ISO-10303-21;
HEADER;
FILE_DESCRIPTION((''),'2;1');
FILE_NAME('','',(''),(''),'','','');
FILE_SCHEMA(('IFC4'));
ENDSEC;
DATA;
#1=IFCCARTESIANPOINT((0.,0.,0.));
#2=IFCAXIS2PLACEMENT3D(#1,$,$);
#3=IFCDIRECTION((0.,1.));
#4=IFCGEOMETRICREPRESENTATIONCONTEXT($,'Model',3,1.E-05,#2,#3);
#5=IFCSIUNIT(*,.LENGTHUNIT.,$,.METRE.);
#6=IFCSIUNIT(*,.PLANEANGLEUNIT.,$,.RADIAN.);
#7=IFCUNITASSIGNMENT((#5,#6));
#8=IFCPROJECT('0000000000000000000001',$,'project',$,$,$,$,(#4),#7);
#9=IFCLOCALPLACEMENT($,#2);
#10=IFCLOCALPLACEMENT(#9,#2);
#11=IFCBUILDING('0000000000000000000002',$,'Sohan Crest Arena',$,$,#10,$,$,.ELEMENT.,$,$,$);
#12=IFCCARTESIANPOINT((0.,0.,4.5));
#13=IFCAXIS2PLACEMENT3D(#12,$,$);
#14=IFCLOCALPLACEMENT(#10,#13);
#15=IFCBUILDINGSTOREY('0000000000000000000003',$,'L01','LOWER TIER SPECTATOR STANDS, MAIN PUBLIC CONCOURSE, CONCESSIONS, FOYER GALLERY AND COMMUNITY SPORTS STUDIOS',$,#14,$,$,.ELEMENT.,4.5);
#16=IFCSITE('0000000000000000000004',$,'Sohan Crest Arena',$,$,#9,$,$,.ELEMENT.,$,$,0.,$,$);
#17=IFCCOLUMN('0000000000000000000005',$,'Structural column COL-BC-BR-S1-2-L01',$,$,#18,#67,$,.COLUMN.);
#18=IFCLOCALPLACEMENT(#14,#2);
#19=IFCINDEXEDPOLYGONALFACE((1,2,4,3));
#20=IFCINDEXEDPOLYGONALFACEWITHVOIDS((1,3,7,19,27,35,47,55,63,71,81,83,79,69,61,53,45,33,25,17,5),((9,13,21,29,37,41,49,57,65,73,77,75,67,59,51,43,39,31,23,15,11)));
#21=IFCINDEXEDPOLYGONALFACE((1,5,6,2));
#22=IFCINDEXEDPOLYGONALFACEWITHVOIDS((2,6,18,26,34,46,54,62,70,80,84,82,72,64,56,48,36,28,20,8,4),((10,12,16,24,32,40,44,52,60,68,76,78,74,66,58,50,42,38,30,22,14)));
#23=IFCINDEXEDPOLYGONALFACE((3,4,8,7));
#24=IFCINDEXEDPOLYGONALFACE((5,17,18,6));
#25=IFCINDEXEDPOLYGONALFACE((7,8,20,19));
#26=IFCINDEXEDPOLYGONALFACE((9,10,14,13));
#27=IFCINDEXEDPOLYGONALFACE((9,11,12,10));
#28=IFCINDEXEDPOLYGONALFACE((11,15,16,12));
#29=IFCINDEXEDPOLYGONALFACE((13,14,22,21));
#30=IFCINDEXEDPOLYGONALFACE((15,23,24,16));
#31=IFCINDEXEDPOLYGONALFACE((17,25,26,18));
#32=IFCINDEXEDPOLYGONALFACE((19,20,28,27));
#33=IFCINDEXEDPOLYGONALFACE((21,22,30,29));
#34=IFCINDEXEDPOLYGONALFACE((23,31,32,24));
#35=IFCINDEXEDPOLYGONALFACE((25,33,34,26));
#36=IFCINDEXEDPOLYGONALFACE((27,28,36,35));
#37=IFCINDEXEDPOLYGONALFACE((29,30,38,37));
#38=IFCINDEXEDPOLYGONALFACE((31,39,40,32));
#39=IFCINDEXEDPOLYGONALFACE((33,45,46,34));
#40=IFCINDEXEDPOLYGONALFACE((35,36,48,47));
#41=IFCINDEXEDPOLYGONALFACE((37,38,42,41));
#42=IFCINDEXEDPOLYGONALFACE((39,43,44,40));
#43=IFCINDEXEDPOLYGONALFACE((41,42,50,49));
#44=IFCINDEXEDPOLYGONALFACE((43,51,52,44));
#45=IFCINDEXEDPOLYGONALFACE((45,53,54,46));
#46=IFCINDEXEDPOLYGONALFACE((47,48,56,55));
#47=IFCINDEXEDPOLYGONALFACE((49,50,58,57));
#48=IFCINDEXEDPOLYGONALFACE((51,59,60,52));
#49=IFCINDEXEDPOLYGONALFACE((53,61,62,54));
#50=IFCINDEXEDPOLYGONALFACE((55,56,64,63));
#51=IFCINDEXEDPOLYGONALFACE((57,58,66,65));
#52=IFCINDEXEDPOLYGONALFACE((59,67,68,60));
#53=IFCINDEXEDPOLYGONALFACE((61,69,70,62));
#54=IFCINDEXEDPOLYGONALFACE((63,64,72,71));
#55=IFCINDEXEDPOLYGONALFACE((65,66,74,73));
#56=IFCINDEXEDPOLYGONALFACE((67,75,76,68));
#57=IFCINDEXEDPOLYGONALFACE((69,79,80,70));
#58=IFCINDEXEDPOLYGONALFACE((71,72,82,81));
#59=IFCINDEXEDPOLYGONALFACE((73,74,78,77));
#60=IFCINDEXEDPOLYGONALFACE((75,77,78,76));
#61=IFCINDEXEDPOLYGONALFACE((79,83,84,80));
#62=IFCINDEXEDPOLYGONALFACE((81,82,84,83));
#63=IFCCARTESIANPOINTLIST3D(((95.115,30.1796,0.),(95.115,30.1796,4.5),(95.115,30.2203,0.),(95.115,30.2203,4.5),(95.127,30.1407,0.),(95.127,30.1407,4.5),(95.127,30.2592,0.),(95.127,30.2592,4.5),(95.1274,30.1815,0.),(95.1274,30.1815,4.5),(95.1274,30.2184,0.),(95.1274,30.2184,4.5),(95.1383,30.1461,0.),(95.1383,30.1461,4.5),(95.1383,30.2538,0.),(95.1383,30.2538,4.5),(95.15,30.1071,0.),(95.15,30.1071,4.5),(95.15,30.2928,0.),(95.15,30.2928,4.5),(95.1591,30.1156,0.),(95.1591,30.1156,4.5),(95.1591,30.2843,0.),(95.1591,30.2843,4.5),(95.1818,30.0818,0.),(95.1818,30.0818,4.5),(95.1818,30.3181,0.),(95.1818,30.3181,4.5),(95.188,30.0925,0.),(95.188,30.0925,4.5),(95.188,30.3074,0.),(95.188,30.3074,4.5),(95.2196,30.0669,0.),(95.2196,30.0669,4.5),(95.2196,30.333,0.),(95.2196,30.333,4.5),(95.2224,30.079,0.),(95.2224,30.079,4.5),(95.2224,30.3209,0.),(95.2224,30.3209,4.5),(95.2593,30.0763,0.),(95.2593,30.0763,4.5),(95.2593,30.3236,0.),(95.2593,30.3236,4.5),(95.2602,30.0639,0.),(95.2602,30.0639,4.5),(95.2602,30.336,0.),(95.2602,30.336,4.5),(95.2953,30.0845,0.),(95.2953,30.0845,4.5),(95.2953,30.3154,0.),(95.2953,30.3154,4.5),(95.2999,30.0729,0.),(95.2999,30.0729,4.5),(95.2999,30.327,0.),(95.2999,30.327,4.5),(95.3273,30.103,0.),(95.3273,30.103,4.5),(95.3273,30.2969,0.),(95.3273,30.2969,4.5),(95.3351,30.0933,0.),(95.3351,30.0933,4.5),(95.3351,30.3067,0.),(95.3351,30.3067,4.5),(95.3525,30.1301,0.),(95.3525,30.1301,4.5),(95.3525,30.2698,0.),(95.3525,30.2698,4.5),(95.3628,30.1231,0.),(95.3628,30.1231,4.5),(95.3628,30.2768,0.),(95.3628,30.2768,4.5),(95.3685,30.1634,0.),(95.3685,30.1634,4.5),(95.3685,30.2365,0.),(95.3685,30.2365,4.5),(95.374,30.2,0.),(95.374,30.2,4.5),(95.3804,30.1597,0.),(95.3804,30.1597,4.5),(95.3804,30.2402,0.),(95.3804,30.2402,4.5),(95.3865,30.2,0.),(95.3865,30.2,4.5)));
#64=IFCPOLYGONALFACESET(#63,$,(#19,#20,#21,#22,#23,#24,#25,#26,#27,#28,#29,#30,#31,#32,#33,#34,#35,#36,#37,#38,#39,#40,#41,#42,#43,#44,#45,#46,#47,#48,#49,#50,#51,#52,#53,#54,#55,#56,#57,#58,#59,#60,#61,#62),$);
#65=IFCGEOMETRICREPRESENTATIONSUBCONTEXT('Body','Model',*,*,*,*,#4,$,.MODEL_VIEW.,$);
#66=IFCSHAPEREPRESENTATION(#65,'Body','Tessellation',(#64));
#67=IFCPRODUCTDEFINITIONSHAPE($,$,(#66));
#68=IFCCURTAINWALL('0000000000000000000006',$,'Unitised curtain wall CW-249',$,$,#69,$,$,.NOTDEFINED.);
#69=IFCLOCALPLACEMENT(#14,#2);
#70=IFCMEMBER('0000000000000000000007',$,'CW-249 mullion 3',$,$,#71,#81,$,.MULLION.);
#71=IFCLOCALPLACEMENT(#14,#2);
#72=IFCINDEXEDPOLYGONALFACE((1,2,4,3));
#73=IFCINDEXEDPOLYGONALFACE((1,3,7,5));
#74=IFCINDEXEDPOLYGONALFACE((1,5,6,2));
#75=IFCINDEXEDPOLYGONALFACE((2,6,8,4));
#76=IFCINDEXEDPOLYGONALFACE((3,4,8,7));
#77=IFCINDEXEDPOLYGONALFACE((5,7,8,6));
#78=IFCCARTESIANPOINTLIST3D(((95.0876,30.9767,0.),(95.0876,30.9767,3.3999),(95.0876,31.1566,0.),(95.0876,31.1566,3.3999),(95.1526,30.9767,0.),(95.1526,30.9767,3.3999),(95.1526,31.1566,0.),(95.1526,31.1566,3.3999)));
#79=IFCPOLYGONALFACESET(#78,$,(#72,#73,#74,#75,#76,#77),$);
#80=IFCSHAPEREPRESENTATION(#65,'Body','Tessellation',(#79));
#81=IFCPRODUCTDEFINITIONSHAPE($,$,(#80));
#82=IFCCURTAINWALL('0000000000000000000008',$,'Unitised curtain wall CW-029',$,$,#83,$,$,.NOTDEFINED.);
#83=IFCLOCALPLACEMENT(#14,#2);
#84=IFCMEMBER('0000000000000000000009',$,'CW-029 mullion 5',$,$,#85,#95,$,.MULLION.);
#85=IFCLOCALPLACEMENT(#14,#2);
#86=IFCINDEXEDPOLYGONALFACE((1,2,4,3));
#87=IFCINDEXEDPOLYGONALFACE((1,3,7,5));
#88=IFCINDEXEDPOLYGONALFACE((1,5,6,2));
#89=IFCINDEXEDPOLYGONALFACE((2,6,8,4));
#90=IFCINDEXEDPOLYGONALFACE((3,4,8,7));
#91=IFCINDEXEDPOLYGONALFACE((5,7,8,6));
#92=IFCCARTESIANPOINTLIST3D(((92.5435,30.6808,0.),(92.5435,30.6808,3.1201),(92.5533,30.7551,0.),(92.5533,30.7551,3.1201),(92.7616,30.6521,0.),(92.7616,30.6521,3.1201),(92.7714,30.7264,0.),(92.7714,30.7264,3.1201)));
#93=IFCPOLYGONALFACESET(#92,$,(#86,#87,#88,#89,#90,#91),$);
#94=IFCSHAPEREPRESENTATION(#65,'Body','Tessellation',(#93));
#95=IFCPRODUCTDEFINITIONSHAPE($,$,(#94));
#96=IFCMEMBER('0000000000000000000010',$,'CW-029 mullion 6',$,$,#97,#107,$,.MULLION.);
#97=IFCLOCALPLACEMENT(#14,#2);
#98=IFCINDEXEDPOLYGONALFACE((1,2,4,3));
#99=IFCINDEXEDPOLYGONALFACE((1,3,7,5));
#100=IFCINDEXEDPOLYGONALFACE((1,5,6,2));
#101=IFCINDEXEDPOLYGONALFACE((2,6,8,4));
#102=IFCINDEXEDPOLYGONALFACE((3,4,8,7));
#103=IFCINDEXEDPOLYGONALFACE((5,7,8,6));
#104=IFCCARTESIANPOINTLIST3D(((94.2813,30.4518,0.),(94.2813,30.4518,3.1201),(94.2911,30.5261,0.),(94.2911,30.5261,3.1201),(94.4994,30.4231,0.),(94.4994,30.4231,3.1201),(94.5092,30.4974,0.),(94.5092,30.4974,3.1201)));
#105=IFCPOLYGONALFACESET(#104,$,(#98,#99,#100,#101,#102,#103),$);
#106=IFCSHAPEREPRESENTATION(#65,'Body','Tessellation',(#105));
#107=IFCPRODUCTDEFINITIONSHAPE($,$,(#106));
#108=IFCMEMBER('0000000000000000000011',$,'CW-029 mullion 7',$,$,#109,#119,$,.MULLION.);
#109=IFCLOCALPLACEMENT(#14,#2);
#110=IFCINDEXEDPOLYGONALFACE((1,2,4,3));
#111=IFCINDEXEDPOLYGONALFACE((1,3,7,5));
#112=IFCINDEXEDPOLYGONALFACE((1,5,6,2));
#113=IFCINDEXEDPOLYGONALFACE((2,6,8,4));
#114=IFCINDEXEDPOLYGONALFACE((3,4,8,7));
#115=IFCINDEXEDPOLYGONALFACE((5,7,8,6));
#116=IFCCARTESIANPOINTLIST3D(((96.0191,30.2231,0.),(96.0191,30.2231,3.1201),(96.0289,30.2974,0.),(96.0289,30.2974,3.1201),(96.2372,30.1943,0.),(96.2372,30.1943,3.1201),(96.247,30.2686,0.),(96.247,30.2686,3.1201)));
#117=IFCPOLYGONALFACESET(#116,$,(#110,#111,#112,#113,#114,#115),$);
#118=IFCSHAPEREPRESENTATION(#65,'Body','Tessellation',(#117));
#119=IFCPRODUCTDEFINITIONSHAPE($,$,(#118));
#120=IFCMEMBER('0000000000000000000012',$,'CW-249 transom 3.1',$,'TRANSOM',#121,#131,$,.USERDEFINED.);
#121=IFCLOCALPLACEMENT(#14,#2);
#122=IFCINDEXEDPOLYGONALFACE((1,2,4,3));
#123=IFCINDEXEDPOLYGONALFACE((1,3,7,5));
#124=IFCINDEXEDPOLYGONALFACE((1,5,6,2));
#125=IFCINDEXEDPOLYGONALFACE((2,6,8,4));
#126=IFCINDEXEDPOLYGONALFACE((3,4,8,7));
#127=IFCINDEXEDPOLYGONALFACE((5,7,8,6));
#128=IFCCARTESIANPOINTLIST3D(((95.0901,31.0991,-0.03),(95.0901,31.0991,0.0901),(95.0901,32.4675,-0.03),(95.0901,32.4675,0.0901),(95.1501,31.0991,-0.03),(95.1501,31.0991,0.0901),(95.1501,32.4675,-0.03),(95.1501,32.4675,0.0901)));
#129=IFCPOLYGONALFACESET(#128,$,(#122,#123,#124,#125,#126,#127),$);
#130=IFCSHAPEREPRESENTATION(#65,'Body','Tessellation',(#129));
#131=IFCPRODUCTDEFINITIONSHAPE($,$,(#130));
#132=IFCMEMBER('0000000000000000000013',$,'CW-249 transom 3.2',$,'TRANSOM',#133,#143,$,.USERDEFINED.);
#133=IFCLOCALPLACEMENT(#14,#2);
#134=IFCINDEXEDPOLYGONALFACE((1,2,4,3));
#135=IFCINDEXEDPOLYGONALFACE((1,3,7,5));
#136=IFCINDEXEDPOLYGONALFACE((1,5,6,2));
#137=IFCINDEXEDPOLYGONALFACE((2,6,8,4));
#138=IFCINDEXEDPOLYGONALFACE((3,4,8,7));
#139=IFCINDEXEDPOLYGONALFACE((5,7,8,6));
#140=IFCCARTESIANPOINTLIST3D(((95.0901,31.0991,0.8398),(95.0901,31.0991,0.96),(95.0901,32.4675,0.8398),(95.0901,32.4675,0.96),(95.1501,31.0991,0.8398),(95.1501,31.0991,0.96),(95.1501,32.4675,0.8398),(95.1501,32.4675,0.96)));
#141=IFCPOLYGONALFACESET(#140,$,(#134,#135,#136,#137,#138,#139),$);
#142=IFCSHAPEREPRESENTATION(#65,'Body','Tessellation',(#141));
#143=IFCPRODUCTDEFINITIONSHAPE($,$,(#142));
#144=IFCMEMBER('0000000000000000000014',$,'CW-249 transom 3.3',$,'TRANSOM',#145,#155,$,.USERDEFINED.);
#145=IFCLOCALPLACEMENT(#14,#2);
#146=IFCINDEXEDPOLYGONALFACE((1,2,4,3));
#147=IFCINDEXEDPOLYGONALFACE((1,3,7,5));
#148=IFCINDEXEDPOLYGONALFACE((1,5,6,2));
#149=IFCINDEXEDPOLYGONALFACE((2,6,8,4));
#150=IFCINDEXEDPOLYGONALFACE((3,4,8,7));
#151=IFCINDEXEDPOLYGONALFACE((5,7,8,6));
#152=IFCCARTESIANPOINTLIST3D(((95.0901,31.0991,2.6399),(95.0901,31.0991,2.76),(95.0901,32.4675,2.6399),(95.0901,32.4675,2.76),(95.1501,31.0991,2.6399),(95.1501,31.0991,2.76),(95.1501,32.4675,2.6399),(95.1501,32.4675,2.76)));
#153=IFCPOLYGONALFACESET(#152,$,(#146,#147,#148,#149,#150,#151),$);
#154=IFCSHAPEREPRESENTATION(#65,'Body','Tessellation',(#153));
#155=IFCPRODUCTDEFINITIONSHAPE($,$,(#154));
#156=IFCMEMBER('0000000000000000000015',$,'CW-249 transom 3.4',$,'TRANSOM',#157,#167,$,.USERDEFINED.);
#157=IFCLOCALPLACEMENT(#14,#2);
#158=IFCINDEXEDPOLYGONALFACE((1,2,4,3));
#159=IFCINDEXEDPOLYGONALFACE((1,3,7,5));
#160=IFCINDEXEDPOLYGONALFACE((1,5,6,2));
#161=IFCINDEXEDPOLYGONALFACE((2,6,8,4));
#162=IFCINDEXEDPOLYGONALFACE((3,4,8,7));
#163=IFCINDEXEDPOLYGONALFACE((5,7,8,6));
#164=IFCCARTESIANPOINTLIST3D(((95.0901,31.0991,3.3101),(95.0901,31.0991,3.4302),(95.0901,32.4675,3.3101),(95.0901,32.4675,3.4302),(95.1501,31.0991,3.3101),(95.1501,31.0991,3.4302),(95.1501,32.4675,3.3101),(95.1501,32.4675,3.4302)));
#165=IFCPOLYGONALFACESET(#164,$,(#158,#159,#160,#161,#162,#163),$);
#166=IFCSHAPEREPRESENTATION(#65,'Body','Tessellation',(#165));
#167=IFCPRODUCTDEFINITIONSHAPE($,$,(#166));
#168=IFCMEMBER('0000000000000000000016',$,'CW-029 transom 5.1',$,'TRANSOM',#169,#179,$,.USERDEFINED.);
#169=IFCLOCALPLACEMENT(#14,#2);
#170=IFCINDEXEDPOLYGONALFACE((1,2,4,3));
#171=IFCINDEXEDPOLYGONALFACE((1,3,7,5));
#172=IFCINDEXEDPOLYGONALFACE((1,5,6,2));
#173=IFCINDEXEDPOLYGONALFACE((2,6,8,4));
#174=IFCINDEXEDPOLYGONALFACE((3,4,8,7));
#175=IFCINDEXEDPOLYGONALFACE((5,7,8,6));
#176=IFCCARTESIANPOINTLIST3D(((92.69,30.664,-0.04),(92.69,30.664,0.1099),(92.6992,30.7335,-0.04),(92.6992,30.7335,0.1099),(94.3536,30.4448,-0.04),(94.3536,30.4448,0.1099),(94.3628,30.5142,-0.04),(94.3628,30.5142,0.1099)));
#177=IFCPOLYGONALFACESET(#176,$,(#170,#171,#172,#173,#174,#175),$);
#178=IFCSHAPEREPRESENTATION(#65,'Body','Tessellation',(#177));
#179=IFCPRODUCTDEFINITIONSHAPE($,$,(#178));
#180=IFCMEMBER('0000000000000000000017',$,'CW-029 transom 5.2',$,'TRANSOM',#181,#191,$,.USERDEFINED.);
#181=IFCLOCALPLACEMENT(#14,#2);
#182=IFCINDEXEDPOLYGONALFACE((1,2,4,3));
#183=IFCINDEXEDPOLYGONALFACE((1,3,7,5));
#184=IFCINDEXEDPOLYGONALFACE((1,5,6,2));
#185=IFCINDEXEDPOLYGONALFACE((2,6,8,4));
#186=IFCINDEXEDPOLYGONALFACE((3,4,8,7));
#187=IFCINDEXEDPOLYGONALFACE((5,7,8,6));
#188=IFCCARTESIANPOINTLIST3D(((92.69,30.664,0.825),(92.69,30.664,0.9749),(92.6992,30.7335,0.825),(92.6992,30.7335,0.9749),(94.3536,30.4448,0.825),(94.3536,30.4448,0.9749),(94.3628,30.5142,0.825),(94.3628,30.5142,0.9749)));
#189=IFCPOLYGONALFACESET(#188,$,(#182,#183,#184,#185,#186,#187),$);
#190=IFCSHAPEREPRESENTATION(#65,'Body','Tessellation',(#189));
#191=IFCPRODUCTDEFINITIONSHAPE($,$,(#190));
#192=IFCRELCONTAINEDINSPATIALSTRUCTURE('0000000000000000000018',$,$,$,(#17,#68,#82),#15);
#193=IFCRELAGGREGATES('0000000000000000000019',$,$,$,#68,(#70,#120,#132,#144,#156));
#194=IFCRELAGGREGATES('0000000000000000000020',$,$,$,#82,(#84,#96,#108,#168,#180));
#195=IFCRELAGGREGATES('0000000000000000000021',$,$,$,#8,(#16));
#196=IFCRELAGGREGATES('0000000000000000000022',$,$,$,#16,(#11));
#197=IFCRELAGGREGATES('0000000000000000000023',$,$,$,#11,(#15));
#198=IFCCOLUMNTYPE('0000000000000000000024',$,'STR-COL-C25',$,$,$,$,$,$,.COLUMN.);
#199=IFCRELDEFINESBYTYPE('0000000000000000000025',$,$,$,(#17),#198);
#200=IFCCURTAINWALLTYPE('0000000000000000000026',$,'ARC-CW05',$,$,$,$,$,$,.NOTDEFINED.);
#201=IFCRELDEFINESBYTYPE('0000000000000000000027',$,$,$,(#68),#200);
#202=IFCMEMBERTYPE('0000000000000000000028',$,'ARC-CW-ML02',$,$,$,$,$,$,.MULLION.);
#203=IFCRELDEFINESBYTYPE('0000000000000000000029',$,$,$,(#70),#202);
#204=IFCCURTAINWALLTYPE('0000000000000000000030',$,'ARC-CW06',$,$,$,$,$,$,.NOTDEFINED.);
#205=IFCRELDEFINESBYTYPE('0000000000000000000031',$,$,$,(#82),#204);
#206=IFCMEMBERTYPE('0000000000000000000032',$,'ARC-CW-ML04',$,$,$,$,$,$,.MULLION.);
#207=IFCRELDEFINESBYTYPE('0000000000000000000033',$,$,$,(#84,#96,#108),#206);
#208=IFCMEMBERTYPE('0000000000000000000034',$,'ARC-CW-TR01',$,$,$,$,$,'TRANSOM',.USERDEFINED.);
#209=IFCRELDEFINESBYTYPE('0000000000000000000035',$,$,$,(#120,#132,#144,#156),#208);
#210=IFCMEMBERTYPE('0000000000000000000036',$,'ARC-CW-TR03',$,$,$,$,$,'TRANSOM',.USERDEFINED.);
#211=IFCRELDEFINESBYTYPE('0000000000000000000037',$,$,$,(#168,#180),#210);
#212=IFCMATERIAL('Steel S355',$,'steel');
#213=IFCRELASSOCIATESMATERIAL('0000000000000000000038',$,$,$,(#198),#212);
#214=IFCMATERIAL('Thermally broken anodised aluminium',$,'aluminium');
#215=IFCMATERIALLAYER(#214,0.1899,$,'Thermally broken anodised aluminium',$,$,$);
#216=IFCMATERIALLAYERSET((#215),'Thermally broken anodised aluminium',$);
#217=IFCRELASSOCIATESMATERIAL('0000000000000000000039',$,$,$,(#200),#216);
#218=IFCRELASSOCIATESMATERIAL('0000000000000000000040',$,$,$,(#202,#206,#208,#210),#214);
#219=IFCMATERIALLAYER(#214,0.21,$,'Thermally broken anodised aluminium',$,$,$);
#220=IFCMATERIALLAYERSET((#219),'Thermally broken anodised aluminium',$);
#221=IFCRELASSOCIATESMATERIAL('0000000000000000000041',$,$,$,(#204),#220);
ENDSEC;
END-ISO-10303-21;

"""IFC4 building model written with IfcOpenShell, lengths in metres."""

from ifc_helpers import new_model, si_unit, direction, frame, origin, origin_2d, place, context, subcontext, project, spatial, rectangle, hollow_circle, extrude, material, layer, layer_set, material_profile, profile_set, type_object, element, aggregate, save


model = new_model("IFC4")

# Units and contexts
model_context = context("Model", 3, precision=1e-05, world=origin(), true_north=direction((0.0, 1.0)))
body_context = subcontext(model_context, "Body", "Model", "MODEL_VIEW")
ifc_project = project(units=[si_unit("LENGTHUNIT", "METRE"), si_unit("PLANEANGLEUNIT", "RADIAN")], contexts=[model_context])

# Site, building, storey
site_placement = place(None, origin())
site = spatial("IfcSite", under=ifc_project, at=site_placement, Name="Sohan Crest Arena", CompositionType="ELEMENT", RefElevation=0.0)
building_placement = place(site_placement, origin())
building = spatial("IfcBuilding", under=site, at=building_placement, Name="Sohan Crest Arena", CompositionType="ELEMENT")
storey_placement = place(building_placement, frame((0.0, 0.0, 4.5)))
storey = spatial("IfcBuildingStorey", under=building, at=storey_placement, Name="L01", Description="LOWER TIER SPECTATOR STANDS, MAIN PUBLIC CONCOURSE, CONCESSIONS, FOYER GALLERY AND COMMUNITY SPORTS STUDIOS", CompositionType="ELEMENT", Elevation=4.5)

# Column
ifc_material_1 = material(Name="Steel S355", Category="steel")
ifc_material_profile_1 = material_profile(ifc_material_1, hollow_circle(Radius=0.1365, WallThickness=0.0125, at=origin_2d()), Name="CHS 273x12.5")
ifc_profile_set_1 = profile_set([ifc_material_profile_1], Name="Steel S355")
column_type = type_object("IfcColumnType", Name="STR-COL-C25", PredefinedType="COLUMN", material=ifc_profile_set_1)
column_placement = place(storey_placement, frame((95.25, 30.2, 0.0), z_axis=(0.0, 0.0, 1.0), x_axis=(1.0, 0.0, 0.0)))
element("IfcColumn", 1, at=column_placement, inside=storey, type_object=column_type, Name="Structural column COL-BC-BR-S1-2-L01", PredefinedType="COLUMN", context=body_context, shape_type="SweptSolid", body=[
    extrude(hollow_circle(Radius=0.1365, WallThickness=0.0125, at=origin_2d()), origin(), (0.0, 0.0, 1.0), 4.5),
])

# Curtain wall, member
ifc_material_2 = material(Name="Thermally broken anodised aluminium", Category="aluminium")
ifc_layer_1 = layer(ifc_material_2, 0.1899, Name="Thermally broken anodised aluminium")
ifc_layer_set_1 = layer_set([ifc_layer_1], Name="Thermally broken anodised aluminium")
curtain_wall_type_1 = type_object("IfcCurtainWallType", Name="ARC-CW05", PredefinedType="NOTDEFINED", material=ifc_layer_set_1)
curtain_wall_1_placement = place(storey_placement, origin())
curtain_wall_1 = element("IfcCurtainWall", 2, at=curtain_wall_1_placement, inside=storey, type_object=curtain_wall_type_1, Name="Unitised curtain wall CW-249", PredefinedType="NOTDEFINED")
ifc_material_profile_2 = material_profile(ifc_material_2, rectangle(XDim=0.0649, YDim=0.1799, at=origin_2d()), Name="ALU-MULL 65x180")
ifc_profile_set_2 = profile_set([ifc_material_profile_2], Name="Thermally broken anodised aluminium")
member_type_1 = type_object("IfcMemberType", Name="ARC-CW-ML02", PredefinedType="MULLION", material=ifc_profile_set_2)
member_1_placement = place(storey_placement, frame((95.1201, 31.0667, 0.0), z_axis=(0.0, 0.0, 1.0), x_axis=(-1.0, 0.0, 0.0)))
member_1 = element("IfcMember", 3, at=member_1_placement, type_object=member_type_1, Name="CW-249 mullion 3", PredefinedType="MULLION", context=body_context, shape_type="SweptSolid", body=[
    extrude(rectangle(XDim=0.0649, YDim=0.1799, at=origin_2d()), origin(), (0.0, 0.0, 1.0), 3.3999),
])

# Curtain wall, members
ifc_layer_2 = layer(ifc_material_2, 0.21, Name="Thermally broken anodised aluminium")
ifc_layer_set_2 = layer_set([ifc_layer_2], Name="Thermally broken anodised aluminium")
curtain_wall_type_2 = type_object("IfcCurtainWallType", Name="ARC-CW06", PredefinedType="NOTDEFINED", material=ifc_layer_set_2)
curtain_wall_2_placement = place(storey_placement, origin())
curtain_wall_2 = element("IfcCurtainWall", 4, at=curtain_wall_2_placement, inside=storey, type_object=curtain_wall_type_2, Name="Unitised curtain wall CW-029", PredefinedType="NOTDEFINED")
ifc_material_profile_3 = material_profile(ifc_material_2, rectangle(XDim=0.075, YDim=0.22, at=origin_2d()), Name="ALU-MULL 75x220")
ifc_profile_set_3 = profile_set([ifc_material_profile_3], Name="Thermally broken anodised aluminium")
member_type_2 = type_object("IfcMemberType", Name="ARC-CW-ML04", PredefinedType="MULLION", material=ifc_profile_set_3)
member_2_placement = place(storey_placement, frame((92.6575, 30.7036, 0.0), z_axis=(0.0, 0.0, 1.0), x_axis=(0.130562, 0.99144, 0.0)))
member_2 = element("IfcMember", 5, at=member_2_placement, type_object=member_type_2, Name="CW-029 mullion 5", PredefinedType="MULLION", context=body_context, shape_type="SweptSolid", body=[
    extrude(rectangle(XDim=0.075, YDim=0.22, at=origin_2d()), origin(), (0.0, 0.0, 1.0), 3.1201),
])
member_3_placement = place(storey_placement, frame((94.3953, 30.4746, 0.0), z_axis=(0.0, 0.0, 1.0), x_axis=(0.130562, 0.99144, 0.0)))
member_3 = element("IfcMember", 6, at=member_3_placement, type_object=member_type_2, Name="CW-029 mullion 6", PredefinedType="MULLION", context=body_context, shape_type="SweptSolid", body=[
    extrude(rectangle(XDim=0.075, YDim=0.22, at=origin_2d()), origin(), (0.0, 0.0, 1.0), 3.1201),
])
member_4_placement = place(storey_placement, frame((96.1331, 30.2458, 0.0), z_axis=(0.0, 0.0, 1.0), x_axis=(0.130562, 0.99144, 0.0)))
member_4 = element("IfcMember", 7, at=member_4_placement, type_object=member_type_2, Name="CW-029 mullion 7", PredefinedType="MULLION", context=body_context, shape_type="SweptSolid", body=[
    extrude(rectangle(XDim=0.075, YDim=0.22, at=origin_2d()), origin(), (0.0, 0.0, 1.0), 3.1201),
])

# Members
ifc_material_profile_4 = material_profile(ifc_material_2, rectangle(XDim=0.0601, YDim=0.1201, at=origin_2d()), Name="ALU-TRAN 60x120")
ifc_profile_set_4 = profile_set([ifc_material_profile_4], Name="Thermally broken anodised aluminium")
member_type_3 = type_object("IfcMemberType", Name="ARC-CW-TR01", ElementType="TRANSOM", PredefinedType="USERDEFINED", material=ifc_profile_set_4)
member_5_placement = place(storey_placement, frame((95.1201, 31.0991, 0.03), z_axis=(0.0, 1.0, 0.0), x_axis=(-1.0, 0.0, 0.0)))
member_5 = element("IfcMember", 8, at=member_5_placement, type_object=member_type_3, Name="CW-249 transom 3.1", ObjectType="TRANSOM", PredefinedType="USERDEFINED", context=body_context, shape_type="SweptSolid", body=[
    extrude(rectangle(XDim=0.0601, YDim=0.1201, at=origin_2d()), origin(), (0.0, 0.0, 1.0), 1.3684),
])
member_6_placement = place(storey_placement, frame((95.1201, 31.0991, 0.8999), z_axis=(0.0, 1.0, 0.0), x_axis=(-1.0, 0.0, 0.0)))
member_6 = element("IfcMember", 9, at=member_6_placement, type_object=member_type_3, Name="CW-249 transom 3.2", ObjectType="TRANSOM", PredefinedType="USERDEFINED", context=body_context, shape_type="SweptSolid", body=[
    extrude(rectangle(XDim=0.0601, YDim=0.1201, at=origin_2d()), origin(), (0.0, 0.0, 1.0), 1.3684),
])
member_7_placement = place(storey_placement, frame((95.1201, 31.0991, 2.7), z_axis=(0.0, 1.0, 0.0), x_axis=(-1.0, 0.0, 0.0)))
member_7 = element("IfcMember", 10, at=member_7_placement, type_object=member_type_3, Name="CW-249 transom 3.3", ObjectType="TRANSOM", PredefinedType="USERDEFINED", context=body_context, shape_type="SweptSolid", body=[
    extrude(rectangle(XDim=0.0601, YDim=0.1201, at=origin_2d()), origin(), (0.0, 0.0, 1.0), 1.3684),
])
member_8_placement = place(storey_placement, frame((95.1201, 31.0991, 3.3701), z_axis=(0.0, 1.0, 0.0), x_axis=(-1.0, 0.0, 0.0)))
member_8 = element("IfcMember", 11, at=member_8_placement, type_object=member_type_3, Name="CW-249 transom 3.4", ObjectType="TRANSOM", PredefinedType="USERDEFINED", context=body_context, shape_type="SweptSolid", body=[
    extrude(rectangle(XDim=0.0601, YDim=0.1201, at=origin_2d()), origin(), (0.0, 0.0, 1.0), 1.3684),
])
ifc_material_profile_5 = material_profile(ifc_material_2, rectangle(XDim=0.0701, YDim=0.1499, at=origin_2d()), Name="ALU-TRAN 70x150")
ifc_profile_set_5 = profile_set([ifc_material_profile_5], Name="Thermally broken anodised aluminium")
member_type_4 = type_object("IfcMemberType", Name="ARC-CW-TR03", ElementType="TRANSOM", PredefinedType="USERDEFINED", material=ifc_profile_set_5)
member_9_placement = place(storey_placement, frame((92.6946, 30.6987, 0.0349), z_axis=(0.991428, -0.130658, 0.0), x_axis=(0.130658, 0.991428, 0.0)))
member_9 = element("IfcMember", 12, at=member_9_placement, type_object=member_type_4, Name="CW-029 transom 5.1", ObjectType="TRANSOM", PredefinedType="USERDEFINED", context=body_context, shape_type="SweptSolid", body=[
    extrude(rectangle(XDim=0.0701, YDim=0.1499, at=origin_2d()), origin(), (0.0, 0.0, 1.0), 1.678),
])
member_10_placement = place(storey_placement, frame((92.6946, 30.6987, 0.8999), z_axis=(0.991428, -0.130658, 0.0), x_axis=(0.130658, 0.991428, 0.0)))
member_10 = element("IfcMember", 13, at=member_10_placement, type_object=member_type_4, Name="CW-029 transom 5.2", ObjectType="TRANSOM", PredefinedType="USERDEFINED", context=body_context, shape_type="SweptSolid", body=[
    extrude(rectangle(XDim=0.0701, YDim=0.1499, at=origin_2d()), origin(), (0.0, 0.0, 1.0), 1.678),
])

aggregate(curtain_wall_1, [member_1, member_5, member_6, member_7, member_8])
aggregate(curtain_wall_2, [member_2, member_3, member_4, member_9, member_10])

save(model, "model.ifc")
